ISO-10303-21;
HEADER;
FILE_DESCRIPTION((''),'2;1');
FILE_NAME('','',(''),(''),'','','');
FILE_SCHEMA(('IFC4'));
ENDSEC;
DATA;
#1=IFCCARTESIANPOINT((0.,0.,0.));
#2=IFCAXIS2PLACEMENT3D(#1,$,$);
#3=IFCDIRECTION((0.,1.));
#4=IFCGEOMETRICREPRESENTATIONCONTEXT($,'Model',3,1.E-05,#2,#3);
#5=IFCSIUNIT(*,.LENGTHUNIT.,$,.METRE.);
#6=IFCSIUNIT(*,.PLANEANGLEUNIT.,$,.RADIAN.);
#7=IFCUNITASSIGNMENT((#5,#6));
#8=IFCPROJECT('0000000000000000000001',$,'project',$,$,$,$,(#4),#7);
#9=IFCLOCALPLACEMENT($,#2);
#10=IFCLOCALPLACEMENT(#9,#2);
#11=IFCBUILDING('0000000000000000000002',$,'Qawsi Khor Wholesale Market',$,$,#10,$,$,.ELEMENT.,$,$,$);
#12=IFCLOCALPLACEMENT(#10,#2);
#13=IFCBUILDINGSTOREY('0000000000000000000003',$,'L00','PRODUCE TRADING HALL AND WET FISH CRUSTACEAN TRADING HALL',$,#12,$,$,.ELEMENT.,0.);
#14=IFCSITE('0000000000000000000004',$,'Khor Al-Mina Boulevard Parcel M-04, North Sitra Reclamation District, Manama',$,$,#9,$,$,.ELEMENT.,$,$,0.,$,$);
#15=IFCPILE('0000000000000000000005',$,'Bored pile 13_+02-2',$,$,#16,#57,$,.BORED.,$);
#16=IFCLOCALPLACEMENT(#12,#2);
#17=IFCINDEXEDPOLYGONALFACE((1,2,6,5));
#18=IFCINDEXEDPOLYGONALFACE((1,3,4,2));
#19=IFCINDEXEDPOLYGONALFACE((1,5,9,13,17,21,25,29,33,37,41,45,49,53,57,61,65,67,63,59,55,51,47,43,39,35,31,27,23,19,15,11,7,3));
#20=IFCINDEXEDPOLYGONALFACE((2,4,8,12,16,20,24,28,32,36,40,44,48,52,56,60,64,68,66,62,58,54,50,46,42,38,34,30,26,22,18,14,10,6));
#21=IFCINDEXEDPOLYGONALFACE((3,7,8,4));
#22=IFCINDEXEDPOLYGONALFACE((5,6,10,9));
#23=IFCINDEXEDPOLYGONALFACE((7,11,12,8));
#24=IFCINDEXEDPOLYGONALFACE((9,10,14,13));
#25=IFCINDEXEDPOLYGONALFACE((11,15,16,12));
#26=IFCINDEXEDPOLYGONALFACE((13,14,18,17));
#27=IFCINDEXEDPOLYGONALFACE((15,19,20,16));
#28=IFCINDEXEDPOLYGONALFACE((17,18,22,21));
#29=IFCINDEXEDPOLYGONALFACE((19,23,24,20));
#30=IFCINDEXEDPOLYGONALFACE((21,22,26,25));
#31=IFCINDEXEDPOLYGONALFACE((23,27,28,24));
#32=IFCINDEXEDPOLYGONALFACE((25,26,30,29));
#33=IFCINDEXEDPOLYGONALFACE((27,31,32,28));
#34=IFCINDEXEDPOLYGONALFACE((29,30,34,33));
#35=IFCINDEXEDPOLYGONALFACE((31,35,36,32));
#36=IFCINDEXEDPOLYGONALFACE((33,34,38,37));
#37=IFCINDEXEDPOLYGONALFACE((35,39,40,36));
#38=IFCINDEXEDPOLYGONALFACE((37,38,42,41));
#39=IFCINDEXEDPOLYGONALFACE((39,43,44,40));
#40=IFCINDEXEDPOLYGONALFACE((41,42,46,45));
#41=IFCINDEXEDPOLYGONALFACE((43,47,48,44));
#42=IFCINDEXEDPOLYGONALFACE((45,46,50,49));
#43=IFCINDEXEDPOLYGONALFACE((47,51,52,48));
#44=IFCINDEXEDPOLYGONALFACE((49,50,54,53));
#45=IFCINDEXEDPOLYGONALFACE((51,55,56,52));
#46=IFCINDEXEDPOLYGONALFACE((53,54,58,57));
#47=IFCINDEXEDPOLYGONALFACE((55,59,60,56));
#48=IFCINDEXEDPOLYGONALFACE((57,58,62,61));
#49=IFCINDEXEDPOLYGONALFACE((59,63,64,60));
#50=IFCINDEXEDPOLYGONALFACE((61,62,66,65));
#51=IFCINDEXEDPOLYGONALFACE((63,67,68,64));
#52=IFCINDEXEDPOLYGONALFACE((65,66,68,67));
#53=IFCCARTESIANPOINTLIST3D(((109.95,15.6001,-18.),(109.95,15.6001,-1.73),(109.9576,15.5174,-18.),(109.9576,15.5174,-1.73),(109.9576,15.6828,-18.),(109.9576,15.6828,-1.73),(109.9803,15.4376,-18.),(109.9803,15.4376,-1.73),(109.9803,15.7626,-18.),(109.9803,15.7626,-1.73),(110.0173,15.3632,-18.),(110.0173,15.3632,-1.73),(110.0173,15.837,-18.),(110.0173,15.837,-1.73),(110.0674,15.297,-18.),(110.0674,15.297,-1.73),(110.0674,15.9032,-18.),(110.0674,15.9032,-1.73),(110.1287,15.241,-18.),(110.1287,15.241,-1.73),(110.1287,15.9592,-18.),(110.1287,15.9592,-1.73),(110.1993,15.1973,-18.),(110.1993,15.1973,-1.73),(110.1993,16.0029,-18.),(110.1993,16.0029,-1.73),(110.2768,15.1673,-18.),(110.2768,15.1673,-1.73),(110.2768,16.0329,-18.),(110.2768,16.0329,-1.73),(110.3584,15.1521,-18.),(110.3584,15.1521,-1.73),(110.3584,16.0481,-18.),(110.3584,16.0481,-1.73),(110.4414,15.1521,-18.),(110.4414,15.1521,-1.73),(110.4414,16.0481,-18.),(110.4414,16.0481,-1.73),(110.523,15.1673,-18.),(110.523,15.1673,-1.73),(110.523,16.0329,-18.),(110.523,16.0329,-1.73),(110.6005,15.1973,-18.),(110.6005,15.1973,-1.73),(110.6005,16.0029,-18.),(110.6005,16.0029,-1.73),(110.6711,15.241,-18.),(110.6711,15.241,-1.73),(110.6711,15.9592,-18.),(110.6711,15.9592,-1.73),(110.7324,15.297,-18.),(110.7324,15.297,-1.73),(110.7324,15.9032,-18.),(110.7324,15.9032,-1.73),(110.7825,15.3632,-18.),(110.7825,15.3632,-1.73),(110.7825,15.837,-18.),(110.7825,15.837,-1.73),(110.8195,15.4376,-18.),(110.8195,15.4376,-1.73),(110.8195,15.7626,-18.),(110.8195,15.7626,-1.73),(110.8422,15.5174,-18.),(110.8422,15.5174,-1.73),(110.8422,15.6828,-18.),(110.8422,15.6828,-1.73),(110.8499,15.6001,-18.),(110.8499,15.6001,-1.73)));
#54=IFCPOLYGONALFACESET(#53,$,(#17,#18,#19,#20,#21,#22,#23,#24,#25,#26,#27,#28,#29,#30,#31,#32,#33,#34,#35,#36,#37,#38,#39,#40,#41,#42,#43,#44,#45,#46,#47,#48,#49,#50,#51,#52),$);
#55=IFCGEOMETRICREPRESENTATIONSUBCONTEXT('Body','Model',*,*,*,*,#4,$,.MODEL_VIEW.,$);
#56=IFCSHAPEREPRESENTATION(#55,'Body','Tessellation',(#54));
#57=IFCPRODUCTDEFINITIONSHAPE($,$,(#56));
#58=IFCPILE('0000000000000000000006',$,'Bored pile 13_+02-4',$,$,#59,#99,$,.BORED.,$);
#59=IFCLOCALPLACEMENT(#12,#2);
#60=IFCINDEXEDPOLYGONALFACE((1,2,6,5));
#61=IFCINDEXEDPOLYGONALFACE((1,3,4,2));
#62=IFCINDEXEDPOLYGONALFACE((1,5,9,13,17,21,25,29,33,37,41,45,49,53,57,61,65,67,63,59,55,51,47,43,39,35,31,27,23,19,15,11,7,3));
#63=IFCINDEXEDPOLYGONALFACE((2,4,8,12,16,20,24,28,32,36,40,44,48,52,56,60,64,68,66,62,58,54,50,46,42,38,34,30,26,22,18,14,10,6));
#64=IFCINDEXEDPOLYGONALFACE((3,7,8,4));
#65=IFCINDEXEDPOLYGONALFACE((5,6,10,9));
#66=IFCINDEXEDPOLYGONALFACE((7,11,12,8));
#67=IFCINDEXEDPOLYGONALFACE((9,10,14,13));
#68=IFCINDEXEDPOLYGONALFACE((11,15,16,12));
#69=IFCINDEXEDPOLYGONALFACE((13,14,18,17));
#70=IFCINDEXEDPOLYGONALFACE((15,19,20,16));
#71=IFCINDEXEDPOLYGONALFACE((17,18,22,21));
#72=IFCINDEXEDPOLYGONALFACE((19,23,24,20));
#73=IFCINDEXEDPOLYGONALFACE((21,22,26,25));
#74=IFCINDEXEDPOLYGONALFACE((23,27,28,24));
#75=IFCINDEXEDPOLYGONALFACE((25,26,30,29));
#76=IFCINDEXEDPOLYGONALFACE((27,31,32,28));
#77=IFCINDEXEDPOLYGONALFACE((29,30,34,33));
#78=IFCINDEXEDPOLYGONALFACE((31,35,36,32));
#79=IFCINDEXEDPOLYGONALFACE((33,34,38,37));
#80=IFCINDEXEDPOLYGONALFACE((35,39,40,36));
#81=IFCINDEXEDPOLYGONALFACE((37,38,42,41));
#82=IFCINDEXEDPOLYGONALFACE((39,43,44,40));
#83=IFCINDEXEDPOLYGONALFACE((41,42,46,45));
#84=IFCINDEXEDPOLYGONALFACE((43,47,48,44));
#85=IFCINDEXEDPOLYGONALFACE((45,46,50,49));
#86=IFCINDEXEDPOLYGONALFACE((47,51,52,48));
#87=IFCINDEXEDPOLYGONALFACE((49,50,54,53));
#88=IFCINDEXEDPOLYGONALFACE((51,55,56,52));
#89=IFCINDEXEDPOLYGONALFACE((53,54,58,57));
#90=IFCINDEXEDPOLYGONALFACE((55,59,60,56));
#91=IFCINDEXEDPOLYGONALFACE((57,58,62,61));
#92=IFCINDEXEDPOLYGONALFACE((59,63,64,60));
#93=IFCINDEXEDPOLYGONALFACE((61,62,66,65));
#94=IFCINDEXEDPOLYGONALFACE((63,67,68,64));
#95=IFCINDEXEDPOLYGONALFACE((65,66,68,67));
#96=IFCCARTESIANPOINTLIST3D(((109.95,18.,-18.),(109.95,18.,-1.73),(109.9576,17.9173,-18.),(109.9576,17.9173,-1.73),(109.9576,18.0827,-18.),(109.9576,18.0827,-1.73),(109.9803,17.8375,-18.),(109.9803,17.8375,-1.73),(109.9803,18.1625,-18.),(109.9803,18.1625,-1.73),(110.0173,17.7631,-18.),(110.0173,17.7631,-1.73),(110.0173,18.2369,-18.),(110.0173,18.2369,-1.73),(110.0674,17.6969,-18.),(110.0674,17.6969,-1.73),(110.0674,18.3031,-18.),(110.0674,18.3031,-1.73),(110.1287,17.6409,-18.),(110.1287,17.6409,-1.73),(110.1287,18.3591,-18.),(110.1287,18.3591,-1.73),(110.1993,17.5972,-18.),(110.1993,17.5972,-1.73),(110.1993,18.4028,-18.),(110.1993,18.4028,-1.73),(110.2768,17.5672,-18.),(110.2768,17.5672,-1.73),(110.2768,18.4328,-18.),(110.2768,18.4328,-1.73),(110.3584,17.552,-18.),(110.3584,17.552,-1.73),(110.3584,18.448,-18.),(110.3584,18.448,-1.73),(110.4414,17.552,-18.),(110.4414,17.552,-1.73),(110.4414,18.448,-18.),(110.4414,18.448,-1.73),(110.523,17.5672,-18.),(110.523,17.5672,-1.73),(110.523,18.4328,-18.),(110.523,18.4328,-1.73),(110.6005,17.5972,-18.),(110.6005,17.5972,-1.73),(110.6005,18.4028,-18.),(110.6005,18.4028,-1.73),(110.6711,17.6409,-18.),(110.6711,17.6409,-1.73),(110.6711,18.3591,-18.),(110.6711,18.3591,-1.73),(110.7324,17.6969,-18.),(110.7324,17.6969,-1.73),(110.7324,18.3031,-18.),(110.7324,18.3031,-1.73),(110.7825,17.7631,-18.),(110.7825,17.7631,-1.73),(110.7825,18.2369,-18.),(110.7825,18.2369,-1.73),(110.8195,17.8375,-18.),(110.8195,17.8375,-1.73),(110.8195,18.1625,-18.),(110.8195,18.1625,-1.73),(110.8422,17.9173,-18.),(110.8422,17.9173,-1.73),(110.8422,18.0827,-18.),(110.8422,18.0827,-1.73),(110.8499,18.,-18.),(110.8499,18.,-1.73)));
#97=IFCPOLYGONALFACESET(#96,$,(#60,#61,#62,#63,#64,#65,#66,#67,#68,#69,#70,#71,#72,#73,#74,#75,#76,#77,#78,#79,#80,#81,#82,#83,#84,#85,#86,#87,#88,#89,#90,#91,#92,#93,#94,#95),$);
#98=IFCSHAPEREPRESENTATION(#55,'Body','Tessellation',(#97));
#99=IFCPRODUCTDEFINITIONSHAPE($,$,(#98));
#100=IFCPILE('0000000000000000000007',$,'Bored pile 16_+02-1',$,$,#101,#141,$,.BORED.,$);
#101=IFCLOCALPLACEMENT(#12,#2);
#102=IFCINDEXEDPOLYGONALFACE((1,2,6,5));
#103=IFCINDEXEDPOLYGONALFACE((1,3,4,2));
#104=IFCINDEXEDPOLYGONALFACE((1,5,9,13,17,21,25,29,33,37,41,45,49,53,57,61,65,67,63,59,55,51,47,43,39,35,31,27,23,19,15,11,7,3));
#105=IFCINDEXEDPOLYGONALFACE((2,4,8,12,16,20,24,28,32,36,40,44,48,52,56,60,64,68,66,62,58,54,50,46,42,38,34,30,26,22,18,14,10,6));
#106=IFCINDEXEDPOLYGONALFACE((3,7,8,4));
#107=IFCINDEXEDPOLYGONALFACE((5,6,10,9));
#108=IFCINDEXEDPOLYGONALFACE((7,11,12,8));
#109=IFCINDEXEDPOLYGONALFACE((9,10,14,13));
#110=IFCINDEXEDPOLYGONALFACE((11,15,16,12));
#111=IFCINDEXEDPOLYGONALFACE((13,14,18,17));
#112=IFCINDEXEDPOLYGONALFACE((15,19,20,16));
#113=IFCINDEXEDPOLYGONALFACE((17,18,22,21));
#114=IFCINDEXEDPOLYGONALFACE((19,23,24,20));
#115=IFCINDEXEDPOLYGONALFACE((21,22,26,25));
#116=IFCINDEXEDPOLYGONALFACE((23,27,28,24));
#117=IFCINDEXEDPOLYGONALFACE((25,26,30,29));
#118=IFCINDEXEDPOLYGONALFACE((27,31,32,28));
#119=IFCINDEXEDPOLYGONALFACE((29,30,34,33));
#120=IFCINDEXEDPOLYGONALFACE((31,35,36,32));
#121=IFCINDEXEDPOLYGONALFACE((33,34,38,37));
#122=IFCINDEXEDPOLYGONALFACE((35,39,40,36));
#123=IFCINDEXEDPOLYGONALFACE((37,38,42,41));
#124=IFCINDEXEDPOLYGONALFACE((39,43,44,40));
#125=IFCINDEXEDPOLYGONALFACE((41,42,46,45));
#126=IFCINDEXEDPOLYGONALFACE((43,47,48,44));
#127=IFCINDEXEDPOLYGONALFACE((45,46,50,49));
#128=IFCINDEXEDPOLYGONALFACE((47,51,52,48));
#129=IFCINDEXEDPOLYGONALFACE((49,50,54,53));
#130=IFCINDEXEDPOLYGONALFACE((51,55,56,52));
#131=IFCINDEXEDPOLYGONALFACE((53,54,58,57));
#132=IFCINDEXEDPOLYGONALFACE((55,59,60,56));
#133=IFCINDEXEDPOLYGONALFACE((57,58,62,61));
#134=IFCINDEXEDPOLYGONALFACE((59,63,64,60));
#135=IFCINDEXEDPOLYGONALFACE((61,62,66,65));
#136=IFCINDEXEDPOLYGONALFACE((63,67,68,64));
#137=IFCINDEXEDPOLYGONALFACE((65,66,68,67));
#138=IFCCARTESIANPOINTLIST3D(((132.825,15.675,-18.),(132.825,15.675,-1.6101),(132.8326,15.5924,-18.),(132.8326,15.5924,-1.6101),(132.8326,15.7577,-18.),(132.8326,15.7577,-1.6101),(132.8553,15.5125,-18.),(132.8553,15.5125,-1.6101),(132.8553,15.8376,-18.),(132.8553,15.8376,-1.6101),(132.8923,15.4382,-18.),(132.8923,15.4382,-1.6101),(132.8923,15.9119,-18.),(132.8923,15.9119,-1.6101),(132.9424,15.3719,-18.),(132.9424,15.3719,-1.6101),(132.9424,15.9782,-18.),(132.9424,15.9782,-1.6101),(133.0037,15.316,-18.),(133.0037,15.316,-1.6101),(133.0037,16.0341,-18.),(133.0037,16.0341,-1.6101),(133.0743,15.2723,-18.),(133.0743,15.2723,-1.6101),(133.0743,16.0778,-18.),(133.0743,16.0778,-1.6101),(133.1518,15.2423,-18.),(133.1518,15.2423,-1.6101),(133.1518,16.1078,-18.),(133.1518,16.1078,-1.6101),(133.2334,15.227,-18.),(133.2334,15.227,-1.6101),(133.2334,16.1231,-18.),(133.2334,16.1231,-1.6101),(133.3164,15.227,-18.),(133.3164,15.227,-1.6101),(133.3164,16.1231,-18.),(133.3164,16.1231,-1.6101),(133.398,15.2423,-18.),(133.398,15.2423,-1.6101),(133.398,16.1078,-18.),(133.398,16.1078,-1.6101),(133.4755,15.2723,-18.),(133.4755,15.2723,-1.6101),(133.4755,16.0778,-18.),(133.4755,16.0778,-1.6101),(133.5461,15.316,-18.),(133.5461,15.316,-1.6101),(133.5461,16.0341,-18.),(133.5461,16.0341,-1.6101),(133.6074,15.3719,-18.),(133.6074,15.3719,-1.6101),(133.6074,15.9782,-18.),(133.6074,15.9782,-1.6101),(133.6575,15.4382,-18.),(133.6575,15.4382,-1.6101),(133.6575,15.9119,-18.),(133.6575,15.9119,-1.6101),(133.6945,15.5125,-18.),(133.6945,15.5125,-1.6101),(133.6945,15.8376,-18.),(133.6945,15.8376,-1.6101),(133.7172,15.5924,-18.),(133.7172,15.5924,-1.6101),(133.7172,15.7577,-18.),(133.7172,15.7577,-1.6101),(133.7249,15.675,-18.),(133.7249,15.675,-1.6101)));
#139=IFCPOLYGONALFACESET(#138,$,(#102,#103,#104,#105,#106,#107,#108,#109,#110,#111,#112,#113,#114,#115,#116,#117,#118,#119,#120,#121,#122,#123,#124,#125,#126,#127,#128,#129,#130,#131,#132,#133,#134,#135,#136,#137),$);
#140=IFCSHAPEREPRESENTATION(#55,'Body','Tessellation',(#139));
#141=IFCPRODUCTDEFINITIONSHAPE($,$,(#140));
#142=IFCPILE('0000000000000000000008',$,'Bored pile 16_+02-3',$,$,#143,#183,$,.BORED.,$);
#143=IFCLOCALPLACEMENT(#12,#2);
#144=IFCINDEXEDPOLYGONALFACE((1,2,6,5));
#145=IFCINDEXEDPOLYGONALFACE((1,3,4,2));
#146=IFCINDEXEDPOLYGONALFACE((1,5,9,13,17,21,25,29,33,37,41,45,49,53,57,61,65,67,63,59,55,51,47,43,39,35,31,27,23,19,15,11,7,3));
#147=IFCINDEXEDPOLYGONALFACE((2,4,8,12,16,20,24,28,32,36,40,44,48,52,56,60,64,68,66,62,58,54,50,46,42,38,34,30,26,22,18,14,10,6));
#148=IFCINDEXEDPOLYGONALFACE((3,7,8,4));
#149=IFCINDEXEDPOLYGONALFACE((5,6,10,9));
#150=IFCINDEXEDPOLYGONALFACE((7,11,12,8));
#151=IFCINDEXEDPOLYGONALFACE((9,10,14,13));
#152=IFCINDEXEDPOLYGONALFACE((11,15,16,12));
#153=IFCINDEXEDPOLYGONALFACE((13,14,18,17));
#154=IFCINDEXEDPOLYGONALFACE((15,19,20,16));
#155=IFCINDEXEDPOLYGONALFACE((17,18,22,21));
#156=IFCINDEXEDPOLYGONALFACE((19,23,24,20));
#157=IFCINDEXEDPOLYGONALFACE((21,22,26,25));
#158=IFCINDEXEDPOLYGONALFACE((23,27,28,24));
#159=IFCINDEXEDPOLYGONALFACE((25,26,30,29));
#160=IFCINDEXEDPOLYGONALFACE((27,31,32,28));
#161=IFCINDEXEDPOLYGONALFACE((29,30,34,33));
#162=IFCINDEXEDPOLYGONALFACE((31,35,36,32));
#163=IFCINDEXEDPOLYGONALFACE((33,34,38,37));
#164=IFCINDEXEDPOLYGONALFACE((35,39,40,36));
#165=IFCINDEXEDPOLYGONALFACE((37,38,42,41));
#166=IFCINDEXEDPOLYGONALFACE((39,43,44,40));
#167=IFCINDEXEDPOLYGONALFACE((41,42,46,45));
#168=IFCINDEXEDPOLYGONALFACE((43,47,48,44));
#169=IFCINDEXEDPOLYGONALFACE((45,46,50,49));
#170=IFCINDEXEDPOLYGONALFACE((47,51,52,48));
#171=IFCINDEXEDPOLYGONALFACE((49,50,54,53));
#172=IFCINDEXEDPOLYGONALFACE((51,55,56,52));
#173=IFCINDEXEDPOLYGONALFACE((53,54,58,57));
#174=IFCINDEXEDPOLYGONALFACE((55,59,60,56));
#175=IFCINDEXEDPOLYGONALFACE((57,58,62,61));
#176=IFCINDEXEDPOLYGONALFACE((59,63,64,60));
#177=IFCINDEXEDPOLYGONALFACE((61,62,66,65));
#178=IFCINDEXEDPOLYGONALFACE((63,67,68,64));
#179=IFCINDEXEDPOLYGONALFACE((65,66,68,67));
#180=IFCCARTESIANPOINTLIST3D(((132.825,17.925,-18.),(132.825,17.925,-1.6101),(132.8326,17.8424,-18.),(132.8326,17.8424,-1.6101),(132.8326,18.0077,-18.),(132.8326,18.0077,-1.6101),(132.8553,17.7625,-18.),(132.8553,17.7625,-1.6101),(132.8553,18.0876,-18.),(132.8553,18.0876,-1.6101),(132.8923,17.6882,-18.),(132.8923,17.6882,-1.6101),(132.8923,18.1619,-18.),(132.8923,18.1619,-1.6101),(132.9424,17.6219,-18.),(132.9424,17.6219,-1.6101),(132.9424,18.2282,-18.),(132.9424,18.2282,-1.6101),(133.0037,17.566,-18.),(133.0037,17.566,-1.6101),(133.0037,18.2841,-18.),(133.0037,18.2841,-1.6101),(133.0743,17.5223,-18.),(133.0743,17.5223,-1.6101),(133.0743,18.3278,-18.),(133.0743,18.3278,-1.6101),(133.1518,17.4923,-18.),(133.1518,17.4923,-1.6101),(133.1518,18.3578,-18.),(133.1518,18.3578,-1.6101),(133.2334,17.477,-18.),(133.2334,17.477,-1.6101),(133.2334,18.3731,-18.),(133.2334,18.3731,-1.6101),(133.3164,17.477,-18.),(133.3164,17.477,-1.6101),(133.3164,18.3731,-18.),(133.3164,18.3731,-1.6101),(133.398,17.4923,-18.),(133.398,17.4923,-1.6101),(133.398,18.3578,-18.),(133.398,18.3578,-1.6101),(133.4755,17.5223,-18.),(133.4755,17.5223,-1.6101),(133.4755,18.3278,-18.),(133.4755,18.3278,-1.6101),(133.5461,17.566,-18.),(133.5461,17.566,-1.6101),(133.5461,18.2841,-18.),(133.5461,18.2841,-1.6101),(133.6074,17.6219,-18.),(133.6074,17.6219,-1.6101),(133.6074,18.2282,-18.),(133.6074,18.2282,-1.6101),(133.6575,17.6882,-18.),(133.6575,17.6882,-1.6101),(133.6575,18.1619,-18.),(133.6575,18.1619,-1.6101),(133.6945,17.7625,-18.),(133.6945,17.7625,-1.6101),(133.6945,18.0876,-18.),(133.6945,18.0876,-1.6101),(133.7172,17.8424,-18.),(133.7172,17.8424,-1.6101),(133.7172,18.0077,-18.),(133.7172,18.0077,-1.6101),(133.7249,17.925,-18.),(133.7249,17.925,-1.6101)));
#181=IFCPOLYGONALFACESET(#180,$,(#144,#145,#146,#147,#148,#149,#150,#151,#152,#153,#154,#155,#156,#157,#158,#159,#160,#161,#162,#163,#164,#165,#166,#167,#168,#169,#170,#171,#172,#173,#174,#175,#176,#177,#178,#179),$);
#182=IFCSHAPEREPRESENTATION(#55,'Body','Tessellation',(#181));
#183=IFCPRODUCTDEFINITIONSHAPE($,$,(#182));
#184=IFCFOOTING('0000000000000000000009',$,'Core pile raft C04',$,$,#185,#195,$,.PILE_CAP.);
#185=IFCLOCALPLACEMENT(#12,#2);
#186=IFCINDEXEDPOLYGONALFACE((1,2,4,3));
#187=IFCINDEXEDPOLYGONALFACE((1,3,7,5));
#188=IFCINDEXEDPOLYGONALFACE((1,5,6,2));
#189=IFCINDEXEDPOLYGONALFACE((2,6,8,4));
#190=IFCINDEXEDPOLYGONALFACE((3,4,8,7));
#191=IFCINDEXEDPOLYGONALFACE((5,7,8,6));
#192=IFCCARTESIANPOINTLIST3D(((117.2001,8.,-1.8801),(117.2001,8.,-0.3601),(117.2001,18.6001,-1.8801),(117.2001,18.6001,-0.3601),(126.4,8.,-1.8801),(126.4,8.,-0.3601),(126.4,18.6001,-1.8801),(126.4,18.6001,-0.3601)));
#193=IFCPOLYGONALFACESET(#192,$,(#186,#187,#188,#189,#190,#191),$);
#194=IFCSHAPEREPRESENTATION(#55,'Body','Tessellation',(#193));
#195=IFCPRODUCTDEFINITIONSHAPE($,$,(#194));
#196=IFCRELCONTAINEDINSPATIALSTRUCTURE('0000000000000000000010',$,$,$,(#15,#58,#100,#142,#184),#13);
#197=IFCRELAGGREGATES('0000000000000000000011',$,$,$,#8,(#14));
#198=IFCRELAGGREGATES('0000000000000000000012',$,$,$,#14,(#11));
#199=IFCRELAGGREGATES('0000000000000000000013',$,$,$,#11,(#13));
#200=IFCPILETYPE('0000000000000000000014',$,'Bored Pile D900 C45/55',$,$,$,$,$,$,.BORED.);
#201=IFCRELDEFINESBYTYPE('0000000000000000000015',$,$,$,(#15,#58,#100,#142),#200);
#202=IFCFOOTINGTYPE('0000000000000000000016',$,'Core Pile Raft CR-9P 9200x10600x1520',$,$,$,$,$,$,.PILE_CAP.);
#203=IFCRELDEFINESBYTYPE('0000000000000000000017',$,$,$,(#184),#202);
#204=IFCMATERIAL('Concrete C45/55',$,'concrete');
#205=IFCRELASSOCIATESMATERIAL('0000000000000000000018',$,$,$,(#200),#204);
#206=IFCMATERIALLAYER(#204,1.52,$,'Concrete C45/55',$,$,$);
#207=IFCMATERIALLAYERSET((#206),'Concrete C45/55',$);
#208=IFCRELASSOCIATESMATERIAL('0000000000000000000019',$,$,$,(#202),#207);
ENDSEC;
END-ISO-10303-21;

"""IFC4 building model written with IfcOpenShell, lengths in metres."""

from ifc_helpers import new_model, si_unit, direction, frame, origin, origin_2d, place, context, subcontext, project, spatial, rectangle, circle, extrude, material, layer, layer_set, material_profile, profile_set, type_object, element, save


model = new_model("IFC4")

# Units and contexts
model_context = context("Model", 3, precision=1e-05, world=origin(), true_north=direction((0.0, 1.0)))
body_context = subcontext(model_context, "Body", "Model", "MODEL_VIEW")
ifc_project = project(units=[si_unit("LENGTHUNIT", "METRE"), si_unit("PLANEANGLEUNIT", "RADIAN")], contexts=[model_context])

# Site, building, storey
site_placement = place(None, origin())
site = spatial("IfcSite", under=ifc_project, at=site_placement, Name="Khor Al-Mina Boulevard Parcel M-04, North Sitra Reclamation District, Manama", CompositionType="ELEMENT", RefElevation=0.0)
building_placement = place(site_placement, origin())
building = spatial("IfcBuilding", under=site, at=building_placement, Name="Qawsi Khor Wholesale Market", CompositionType="ELEMENT")
storey_placement = place(building_placement, origin())
storey = spatial("IfcBuildingStorey", under=building, at=storey_placement, Name="L00", Description="PRODUCE TRADING HALL AND WET FISH CRUSTACEAN TRADING HALL", CompositionType="ELEMENT", Elevation=0.0)

# Piles
ifc_material_1 = material(Name="Concrete C45/55", Category="concrete")
ifc_material_profile_1 = material_profile(ifc_material_1, circle(Radius=0.45, at=origin_2d()), Name="PILE D900")
ifc_profile_set_1 = profile_set([ifc_material_profile_1], Name="Concrete C45/55")
pile_type_1 = type_object("IfcPileType", Name="Bored Pile D900 C45/55", PredefinedType="BORED", material=ifc_profile_set_1)
for number, where, z_axis, x_axis, name in (
    (1, (110.3999, 15.6001, -1.73), (0.0, 0.0, -1.0), (1.0, 0.0, 0.0), "Bored pile 13_+02-2"),
    (2, (110.3999, 18.0, -1.73), (0.0, 0.0, -1.0), (1.0, 0.0, 0.0), "Bored pile 13_+02-4"),
):
    element("IfcPile", number, at=place(storey_placement, frame(where, z_axis=z_axis, x_axis=x_axis)), inside=storey, type_object=pile_type_1, Name=name, PredefinedType="BORED", context=body_context, shape_type="SweptSolid", body=[
        extrude(circle(Radius=0.45, at=origin_2d()), origin(), (0.0, 0.0, 1.0), 16.27),
    ])
for number, where, z_axis, x_axis, name in (
    (3, (133.2749, 15.675, -1.6101), (0.0, 0.0, -1.0), (1.0, 0.0, 0.0), "Bored pile 16_+02-1"),
    (4, (133.2749, 17.925, -1.6101), (0.0, 0.0, -1.0), (1.0, 0.0, 0.0), "Bored pile 16_+02-3"),
):
    element("IfcPile", number, at=place(storey_placement, frame(where, z_axis=z_axis, x_axis=x_axis)), inside=storey, type_object=pile_type_1, Name=name, PredefinedType="BORED", context=body_context, shape_type="SweptSolid", body=[
        extrude(circle(Radius=0.45, at=origin_2d()), origin(), (0.0, 0.0, 1.0), 16.3899),
    ])

# Footing
ifc_layer_1 = layer(ifc_material_1, 1.52, Name="Concrete C45/55")
ifc_layer_set_1 = layer_set([ifc_layer_1], Name="Concrete C45/55")
footing_type_1 = type_object("IfcFootingType", Name="Core Pile Raft CR-9P 9200x10600x1520", PredefinedType="PILE_CAP", material=ifc_layer_set_1)
footing_1_placement = place(storey_placement, frame((121.8, 13.3, -1.8801), z_axis=(0.0, 0.0, 1.0), x_axis=(1.0, 0.0, 0.0)))
element("IfcFooting", 5, at=footing_1_placement, inside=storey, type_object=footing_type_1, Name="Core pile raft C04", PredefinedType="PILE_CAP", context=body_context, shape_type="SweptSolid", body=[
    extrude(rectangle(XDim=9.2, YDim=10.6001, at=origin_2d()), origin(), (0.0, 0.0, 1.0), 1.52),
])

save(model, "model.ifc")
